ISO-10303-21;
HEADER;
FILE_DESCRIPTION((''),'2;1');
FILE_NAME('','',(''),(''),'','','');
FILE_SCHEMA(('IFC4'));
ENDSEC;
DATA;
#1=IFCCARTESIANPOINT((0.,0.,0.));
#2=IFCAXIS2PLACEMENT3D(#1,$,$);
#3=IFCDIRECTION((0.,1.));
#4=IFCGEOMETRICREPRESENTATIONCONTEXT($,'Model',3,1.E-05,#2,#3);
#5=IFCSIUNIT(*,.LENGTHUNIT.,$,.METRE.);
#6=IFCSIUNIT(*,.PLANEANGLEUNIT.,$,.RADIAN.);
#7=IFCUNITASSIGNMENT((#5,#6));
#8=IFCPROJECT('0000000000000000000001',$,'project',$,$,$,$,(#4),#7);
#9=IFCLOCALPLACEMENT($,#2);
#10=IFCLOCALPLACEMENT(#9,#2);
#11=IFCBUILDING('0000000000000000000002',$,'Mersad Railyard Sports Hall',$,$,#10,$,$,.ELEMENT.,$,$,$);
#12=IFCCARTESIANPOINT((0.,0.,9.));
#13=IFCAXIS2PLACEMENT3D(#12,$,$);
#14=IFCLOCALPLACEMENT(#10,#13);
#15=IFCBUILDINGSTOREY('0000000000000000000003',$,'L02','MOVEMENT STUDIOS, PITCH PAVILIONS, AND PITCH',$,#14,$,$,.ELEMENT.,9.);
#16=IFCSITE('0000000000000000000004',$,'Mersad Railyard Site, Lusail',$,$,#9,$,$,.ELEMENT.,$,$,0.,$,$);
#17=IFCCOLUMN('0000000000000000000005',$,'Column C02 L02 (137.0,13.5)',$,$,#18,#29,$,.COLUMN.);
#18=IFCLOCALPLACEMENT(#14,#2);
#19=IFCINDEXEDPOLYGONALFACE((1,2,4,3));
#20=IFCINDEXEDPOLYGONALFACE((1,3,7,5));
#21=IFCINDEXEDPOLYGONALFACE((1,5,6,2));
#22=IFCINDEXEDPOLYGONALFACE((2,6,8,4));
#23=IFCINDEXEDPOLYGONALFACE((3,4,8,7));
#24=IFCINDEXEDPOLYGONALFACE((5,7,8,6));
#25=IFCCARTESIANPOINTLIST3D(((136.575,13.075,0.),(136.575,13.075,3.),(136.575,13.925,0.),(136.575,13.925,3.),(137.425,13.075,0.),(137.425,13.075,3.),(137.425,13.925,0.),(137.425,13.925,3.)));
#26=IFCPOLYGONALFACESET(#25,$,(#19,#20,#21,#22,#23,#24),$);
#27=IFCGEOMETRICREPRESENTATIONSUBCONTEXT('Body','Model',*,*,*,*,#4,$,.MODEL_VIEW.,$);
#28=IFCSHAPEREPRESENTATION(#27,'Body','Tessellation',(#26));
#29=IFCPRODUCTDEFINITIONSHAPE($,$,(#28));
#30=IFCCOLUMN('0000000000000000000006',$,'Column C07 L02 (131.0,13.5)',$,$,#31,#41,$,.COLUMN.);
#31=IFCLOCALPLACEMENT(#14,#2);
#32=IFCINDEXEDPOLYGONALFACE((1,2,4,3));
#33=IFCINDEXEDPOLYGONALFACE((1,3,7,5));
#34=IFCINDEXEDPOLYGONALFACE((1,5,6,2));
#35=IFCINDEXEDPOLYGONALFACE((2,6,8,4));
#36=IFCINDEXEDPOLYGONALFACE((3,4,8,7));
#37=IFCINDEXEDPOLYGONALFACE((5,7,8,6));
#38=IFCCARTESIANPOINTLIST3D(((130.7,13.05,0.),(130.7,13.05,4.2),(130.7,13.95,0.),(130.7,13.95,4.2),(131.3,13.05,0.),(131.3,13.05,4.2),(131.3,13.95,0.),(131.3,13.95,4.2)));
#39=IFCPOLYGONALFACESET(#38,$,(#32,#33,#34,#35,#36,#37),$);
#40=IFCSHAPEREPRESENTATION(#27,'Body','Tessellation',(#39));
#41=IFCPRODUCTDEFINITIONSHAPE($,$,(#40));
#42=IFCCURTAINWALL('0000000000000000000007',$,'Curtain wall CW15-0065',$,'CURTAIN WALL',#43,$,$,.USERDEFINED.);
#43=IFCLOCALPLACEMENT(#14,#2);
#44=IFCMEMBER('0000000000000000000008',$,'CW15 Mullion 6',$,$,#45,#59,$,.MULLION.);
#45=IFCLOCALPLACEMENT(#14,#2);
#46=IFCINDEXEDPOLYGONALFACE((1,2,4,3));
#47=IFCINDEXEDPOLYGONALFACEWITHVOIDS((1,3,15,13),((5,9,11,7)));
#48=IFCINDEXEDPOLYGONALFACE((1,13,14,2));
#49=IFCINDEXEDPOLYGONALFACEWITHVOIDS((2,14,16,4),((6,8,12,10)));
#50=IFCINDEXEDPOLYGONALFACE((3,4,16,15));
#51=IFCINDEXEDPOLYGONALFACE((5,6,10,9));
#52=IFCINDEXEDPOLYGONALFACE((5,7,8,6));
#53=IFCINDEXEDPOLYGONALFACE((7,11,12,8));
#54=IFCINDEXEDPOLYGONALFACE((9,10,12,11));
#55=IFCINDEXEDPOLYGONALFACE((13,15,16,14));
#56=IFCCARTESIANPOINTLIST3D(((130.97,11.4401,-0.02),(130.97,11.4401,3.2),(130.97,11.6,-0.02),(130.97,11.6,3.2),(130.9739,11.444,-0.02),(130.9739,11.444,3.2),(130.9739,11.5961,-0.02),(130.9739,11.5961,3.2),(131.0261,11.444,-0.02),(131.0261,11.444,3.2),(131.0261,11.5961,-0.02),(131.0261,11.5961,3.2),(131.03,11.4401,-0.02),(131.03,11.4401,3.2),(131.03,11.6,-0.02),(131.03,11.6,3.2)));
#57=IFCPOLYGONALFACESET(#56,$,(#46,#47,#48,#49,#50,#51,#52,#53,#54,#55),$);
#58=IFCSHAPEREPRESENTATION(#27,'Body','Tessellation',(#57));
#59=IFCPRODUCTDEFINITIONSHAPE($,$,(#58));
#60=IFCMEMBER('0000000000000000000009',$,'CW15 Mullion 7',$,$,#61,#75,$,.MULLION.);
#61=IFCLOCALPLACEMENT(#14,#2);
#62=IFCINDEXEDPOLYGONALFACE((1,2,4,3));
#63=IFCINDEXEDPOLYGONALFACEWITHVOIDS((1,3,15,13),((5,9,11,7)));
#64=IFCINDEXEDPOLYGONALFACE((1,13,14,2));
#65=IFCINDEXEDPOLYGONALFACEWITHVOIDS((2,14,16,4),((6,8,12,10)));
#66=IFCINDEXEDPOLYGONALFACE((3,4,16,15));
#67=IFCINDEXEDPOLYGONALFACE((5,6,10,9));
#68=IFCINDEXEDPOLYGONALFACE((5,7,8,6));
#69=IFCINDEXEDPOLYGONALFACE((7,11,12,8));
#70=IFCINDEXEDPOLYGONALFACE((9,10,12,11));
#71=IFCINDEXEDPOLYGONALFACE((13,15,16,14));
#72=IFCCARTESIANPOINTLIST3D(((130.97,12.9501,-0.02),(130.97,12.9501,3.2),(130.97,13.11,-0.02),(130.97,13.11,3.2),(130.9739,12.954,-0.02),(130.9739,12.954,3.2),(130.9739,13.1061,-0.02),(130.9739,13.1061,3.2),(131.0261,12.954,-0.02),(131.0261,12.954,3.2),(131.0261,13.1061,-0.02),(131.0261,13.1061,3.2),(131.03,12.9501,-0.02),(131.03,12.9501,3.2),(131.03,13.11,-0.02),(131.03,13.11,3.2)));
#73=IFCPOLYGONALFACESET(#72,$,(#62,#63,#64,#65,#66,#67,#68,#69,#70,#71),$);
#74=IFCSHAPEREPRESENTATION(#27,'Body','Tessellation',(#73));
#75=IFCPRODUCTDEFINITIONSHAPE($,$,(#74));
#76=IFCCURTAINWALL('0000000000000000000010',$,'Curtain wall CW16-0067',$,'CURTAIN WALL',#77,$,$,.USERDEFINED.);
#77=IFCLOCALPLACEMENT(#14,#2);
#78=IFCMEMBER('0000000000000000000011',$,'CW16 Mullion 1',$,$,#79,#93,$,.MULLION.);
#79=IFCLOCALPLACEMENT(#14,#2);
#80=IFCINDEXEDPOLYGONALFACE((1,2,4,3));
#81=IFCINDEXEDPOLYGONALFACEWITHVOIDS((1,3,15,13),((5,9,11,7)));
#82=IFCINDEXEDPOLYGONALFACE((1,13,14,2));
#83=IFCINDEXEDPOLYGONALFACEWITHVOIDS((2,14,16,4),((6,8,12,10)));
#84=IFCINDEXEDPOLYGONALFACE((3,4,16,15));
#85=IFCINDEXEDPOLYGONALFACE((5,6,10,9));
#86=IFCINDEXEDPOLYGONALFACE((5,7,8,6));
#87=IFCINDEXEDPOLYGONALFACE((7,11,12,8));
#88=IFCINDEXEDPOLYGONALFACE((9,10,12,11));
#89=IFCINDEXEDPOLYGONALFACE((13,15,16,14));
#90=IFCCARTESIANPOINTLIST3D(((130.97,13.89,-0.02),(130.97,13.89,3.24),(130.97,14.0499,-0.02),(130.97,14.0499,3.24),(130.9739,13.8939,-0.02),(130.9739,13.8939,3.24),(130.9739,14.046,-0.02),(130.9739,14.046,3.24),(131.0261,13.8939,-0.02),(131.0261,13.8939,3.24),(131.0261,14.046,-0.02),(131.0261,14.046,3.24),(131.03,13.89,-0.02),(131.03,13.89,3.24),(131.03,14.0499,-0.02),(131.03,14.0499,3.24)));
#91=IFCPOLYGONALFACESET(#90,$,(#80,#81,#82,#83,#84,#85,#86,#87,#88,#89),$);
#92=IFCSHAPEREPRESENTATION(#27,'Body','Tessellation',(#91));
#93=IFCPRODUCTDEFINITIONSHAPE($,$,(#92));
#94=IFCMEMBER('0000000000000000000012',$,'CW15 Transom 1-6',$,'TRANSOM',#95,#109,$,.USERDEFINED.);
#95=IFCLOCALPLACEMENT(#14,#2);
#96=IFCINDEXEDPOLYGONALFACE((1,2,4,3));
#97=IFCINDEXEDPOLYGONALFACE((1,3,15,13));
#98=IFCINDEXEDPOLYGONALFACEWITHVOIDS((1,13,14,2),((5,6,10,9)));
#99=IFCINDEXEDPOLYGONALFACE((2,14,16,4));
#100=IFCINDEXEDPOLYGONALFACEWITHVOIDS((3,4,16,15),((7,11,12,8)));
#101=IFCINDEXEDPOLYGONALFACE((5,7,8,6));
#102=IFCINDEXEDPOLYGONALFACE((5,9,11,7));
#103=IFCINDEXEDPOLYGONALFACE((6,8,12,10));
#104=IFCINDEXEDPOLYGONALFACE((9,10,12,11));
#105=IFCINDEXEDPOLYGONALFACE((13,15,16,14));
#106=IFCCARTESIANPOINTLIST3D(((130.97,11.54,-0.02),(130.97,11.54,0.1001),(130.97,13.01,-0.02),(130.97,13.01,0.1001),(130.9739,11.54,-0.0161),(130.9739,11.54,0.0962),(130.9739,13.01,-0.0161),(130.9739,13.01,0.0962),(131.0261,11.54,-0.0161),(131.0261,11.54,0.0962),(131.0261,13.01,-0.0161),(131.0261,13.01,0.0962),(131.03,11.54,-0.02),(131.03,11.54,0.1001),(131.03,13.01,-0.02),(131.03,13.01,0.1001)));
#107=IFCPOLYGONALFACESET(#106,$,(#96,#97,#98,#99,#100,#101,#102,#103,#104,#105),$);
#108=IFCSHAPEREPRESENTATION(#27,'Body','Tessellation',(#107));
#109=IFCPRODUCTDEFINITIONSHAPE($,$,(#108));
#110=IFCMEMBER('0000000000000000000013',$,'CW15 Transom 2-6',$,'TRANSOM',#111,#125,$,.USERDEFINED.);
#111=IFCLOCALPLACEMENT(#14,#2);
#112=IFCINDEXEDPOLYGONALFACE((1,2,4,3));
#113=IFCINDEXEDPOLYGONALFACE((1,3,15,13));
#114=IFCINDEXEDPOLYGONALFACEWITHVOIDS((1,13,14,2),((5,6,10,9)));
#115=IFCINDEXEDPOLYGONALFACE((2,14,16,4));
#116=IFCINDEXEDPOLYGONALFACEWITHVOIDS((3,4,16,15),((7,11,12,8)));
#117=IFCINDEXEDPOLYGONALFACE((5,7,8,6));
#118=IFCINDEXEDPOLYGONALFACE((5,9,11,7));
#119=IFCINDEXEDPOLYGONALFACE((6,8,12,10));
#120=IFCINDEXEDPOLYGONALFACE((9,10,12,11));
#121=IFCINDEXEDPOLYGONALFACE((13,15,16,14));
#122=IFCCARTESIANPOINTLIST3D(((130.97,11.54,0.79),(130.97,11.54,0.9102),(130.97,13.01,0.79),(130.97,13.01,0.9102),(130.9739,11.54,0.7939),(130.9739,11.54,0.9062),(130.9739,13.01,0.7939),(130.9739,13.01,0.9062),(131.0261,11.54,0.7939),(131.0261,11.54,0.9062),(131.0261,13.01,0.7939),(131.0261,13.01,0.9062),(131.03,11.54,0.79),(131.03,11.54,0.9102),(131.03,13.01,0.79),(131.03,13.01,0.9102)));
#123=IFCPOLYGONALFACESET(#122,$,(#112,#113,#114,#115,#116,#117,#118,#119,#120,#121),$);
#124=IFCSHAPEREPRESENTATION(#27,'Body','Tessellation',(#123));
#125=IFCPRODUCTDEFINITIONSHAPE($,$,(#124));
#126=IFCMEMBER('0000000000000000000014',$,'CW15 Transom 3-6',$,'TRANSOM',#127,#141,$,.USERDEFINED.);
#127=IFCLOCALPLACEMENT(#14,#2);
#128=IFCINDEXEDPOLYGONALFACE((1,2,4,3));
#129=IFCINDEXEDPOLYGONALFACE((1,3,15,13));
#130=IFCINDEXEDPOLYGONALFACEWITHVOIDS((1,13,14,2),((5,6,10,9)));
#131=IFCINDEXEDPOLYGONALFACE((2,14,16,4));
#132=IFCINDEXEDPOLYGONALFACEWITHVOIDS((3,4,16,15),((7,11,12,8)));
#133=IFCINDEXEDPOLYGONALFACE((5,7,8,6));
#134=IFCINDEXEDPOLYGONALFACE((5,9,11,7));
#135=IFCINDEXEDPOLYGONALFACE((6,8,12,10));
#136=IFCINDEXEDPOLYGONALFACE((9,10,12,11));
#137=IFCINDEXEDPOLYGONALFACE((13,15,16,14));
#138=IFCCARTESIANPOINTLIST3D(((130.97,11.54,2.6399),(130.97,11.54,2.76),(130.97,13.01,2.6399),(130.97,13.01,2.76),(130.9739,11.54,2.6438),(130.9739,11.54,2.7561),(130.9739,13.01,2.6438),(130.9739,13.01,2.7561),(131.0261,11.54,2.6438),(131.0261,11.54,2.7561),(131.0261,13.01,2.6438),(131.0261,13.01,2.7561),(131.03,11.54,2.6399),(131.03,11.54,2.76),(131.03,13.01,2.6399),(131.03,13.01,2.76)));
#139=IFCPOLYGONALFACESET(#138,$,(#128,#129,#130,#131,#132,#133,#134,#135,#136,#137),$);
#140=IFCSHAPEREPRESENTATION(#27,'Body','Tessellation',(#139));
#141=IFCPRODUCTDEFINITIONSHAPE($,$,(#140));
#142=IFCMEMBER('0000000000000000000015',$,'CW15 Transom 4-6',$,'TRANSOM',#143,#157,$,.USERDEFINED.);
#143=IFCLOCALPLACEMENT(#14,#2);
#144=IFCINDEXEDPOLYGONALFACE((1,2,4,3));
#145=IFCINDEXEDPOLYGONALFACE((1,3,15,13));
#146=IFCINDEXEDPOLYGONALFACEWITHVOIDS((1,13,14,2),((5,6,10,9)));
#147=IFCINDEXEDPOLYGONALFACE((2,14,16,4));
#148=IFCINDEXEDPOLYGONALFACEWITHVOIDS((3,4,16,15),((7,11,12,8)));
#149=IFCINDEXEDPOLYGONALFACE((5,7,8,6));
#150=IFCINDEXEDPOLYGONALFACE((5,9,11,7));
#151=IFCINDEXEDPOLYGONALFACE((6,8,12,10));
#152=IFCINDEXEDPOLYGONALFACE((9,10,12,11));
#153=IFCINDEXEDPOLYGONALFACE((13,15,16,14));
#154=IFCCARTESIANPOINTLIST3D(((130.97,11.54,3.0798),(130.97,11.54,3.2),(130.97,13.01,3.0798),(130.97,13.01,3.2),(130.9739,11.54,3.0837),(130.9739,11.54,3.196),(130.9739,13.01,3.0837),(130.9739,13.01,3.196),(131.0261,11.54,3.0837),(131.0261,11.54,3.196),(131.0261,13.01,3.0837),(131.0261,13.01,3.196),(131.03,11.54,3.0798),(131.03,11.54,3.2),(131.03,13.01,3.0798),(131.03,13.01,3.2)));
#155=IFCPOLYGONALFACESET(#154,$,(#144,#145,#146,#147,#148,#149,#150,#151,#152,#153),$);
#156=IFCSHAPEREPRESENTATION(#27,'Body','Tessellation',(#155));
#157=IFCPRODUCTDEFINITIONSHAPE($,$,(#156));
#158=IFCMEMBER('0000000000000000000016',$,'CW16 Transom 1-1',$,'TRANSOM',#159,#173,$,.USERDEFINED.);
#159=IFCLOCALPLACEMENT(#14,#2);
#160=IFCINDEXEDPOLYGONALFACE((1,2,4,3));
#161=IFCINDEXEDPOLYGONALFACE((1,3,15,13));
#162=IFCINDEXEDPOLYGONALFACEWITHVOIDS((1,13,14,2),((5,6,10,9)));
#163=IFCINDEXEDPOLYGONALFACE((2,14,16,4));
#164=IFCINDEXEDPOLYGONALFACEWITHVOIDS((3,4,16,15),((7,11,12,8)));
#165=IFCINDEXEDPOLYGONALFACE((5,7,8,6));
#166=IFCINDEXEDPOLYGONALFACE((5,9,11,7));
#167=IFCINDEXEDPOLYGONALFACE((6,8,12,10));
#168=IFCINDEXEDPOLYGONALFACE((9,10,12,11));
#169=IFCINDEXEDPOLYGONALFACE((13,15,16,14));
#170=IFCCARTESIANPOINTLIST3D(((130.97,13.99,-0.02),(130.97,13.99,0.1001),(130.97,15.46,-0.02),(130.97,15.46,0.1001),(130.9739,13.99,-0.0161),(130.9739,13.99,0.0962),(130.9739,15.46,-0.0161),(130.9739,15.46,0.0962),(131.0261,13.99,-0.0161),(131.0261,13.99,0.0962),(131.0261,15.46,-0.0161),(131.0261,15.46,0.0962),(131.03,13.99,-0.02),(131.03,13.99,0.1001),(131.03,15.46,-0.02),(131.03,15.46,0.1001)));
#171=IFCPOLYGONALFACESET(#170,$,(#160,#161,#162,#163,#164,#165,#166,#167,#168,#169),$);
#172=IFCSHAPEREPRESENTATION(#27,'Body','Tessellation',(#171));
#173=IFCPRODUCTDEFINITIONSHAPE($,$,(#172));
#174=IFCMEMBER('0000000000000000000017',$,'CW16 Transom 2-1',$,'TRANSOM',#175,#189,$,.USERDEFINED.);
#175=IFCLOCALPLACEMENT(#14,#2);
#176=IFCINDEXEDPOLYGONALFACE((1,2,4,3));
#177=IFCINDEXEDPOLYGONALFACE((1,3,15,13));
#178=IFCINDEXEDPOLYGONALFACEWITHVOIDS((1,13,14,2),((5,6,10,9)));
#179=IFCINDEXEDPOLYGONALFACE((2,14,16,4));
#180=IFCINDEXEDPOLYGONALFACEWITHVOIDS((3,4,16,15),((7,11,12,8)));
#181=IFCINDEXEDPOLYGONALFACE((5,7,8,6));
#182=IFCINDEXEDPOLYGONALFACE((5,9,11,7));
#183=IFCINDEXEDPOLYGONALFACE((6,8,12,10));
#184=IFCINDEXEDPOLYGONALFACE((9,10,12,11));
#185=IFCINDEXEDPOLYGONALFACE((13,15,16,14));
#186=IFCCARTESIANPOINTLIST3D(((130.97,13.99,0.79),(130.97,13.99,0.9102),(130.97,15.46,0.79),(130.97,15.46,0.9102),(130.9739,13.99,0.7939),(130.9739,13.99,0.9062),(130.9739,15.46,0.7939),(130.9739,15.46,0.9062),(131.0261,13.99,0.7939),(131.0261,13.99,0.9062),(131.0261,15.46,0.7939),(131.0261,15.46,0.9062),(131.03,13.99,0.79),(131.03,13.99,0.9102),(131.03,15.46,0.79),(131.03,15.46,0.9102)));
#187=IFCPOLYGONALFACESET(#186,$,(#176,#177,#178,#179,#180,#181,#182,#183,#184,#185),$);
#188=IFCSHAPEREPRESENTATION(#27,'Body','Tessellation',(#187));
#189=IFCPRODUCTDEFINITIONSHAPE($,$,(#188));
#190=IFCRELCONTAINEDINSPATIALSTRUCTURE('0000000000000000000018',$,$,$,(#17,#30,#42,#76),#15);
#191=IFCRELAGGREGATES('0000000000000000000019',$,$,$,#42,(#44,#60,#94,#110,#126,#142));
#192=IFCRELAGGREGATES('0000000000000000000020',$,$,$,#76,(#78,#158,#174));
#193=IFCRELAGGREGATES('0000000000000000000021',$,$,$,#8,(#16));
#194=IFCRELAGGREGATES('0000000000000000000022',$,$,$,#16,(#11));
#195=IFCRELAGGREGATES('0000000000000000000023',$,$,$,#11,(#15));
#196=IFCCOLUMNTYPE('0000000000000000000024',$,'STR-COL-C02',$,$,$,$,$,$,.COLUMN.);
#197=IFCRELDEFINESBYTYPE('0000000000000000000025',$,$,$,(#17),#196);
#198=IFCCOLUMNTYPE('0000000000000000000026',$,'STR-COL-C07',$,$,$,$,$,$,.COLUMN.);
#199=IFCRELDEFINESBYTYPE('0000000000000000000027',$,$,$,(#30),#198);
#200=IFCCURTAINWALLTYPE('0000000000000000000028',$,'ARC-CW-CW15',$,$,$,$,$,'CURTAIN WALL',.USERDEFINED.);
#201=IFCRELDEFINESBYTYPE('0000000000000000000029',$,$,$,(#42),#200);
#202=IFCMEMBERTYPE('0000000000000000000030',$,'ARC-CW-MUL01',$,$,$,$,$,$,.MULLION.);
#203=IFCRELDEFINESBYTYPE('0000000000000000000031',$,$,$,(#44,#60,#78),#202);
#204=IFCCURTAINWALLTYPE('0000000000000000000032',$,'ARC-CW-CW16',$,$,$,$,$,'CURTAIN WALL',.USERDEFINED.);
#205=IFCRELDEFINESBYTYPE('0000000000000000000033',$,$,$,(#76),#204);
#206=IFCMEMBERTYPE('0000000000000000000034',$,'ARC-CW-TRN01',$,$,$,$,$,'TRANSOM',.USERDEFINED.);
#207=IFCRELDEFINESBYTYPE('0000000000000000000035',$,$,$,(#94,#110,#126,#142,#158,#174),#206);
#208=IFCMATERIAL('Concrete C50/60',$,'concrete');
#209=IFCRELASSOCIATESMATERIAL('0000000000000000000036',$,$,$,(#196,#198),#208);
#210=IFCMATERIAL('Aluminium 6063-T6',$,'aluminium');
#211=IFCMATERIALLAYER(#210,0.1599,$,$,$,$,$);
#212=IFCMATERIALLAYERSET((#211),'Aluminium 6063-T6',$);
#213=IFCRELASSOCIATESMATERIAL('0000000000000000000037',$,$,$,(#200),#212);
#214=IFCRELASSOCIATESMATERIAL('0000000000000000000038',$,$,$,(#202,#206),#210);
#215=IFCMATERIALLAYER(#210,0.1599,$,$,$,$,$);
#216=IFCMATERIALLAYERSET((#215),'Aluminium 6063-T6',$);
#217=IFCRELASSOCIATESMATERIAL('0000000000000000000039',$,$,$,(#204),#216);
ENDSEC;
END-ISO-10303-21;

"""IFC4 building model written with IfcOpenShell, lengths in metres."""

from ifc_helpers import new_model, si_unit, direction, frame, origin, origin_2d, place, context, subcontext, project, spatial, rectangle, hollow_rectangle, extrude, material, layer, layer_set, material_profile, profile_set, type_object, element, aggregate, save


model = new_model("IFC4")

# Units and contexts
model_context = context("Model", 3, precision=1e-05, world=origin(), true_north=direction((0.0, 1.0)))
body_context = subcontext(model_context, "Body", "Model", "MODEL_VIEW")
ifc_project = project(units=[si_unit("LENGTHUNIT", "METRE"), si_unit("PLANEANGLEUNIT", "RADIAN")], contexts=[model_context])

# Site, building, storey
site_placement = place(None, origin())
site = spatial("IfcSite", under=ifc_project, at=site_placement, Name="Mersad Railyard Site, Lusail", CompositionType="ELEMENT", RefElevation=0.0)
building_placement = place(site_placement, origin())
building = spatial("IfcBuilding", under=site, at=building_placement, Name="Mersad Railyard Sports Hall", CompositionType="ELEMENT")
storey_placement = place(building_placement, frame((0.0, 0.0, 9.0)))
storey = spatial("IfcBuildingStorey", under=building, at=storey_placement, Name="L02", Description="MOVEMENT STUDIOS, PITCH PAVILIONS, AND PITCH", CompositionType="ELEMENT", Elevation=9.0)

# Columns
ifc_material_1 = material(Name="Concrete C50/60", Category="concrete")
ifc_material_profile_1 = material_profile(ifc_material_1, rectangle(XDim=0.8501, YDim=0.8501, at=origin_2d()), Name="RC 850x850")
ifc_profile_set_1 = profile_set([ifc_material_profile_1], Name="Concrete C50/60")
column_type_1 = type_object("IfcColumnType", Name="STR-COL-C02", PredefinedType="COLUMN", material=ifc_profile_set_1)
column_1_placement = place(storey_placement, frame((137.0, 13.5, 0.0), z_axis=(0.0, 0.0, 1.0), x_axis=(1.0, 0.0, 0.0)))
element("IfcColumn", 1, at=column_1_placement, inside=storey, type_object=column_type_1, Name="Column C02 L02 (137.0,13.5)", PredefinedType="COLUMN", context=body_context, shape_type="SweptSolid", body=[
    extrude(rectangle(XDim=0.8501, YDim=0.8501, at=origin_2d()), origin(), (0.0, 0.0, 1.0), 3.0),
])
ifc_material_profile_2 = material_profile(ifc_material_1, rectangle(XDim=0.6001, YDim=0.8999, at=origin_2d()), Name="RC 600x900")
ifc_profile_set_2 = profile_set([ifc_material_profile_2], Name="Concrete C50/60")
column_type_2 = type_object("IfcColumnType", Name="STR-COL-C07", PredefinedType="COLUMN", material=ifc_profile_set_2)
column_2_placement = place(storey_placement, frame((131.0, 13.5, 0.0), z_axis=(0.0, 0.0, 1.0), x_axis=(1.0, 0.0, 0.0)))
element("IfcColumn", 2, at=column_2_placement, inside=storey, type_object=column_type_2, Name="Column C07 L02 (131.0,13.5)", PredefinedType="COLUMN", context=body_context, shape_type="SweptSolid", body=[
    extrude(rectangle(XDim=0.6001, YDim=0.8999, at=origin_2d()), origin(), (0.0, 0.0, 1.0), 4.2),
])

# Curtain wall, members
ifc_material_2 = material(Name="Aluminium 6063-T6", Category="aluminium")
ifc_layer_1 = layer(ifc_material_2, 0.1599)
ifc_layer_set_1 = layer_set([ifc_layer_1], Name="Aluminium 6063-T6")
curtain_wall_type_1 = type_object("IfcCurtainWallType", Name="ARC-CW-CW15", ElementType="CURTAIN WALL", PredefinedType="USERDEFINED", material=ifc_layer_set_1)
curtain_wall_1_placement = place(storey_placement, origin())
curtain_wall_1 = element("IfcCurtainWall", 3, at=curtain_wall_1_placement, inside=storey, type_object=curtain_wall_type_1, Name="Curtain wall CW15-0065", ObjectType="CURTAIN WALL", PredefinedType="USERDEFINED")
ifc_material_profile_3 = material_profile(ifc_material_2, hollow_rectangle(XDim=0.0601, YDim=0.1599, WallThickness=0.0039, at=origin_2d()), Name="AL MULLION 60x160x4")
ifc_profile_set_3 = profile_set([ifc_material_profile_3], Name="Aluminium 6063-T6")
member_type_1 = type_object("IfcMemberType", Name="ARC-CW-MUL01", PredefinedType="MULLION", material=ifc_profile_set_3)
member_1_placement = place(storey_placement, frame((131.0, 11.52, -0.02), z_axis=(0.0, 0.0, 1.0), x_axis=(1.0, 0.0, 0.0)))
member_1 = element("IfcMember", 4, at=member_1_placement, type_object=member_type_1, Name="CW15 Mullion 6", PredefinedType="MULLION", context=body_context, shape_type="SweptSolid", body=[
    extrude(hollow_rectangle(XDim=0.0601, YDim=0.1599, WallThickness=0.0039, at=origin_2d()), origin(), (0.0, 0.0, 1.0), 3.22),
])
member_2_placement = place(storey_placement, frame((131.0, 13.03, -0.02), z_axis=(0.0, 0.0, 1.0), x_axis=(1.0, 0.0, 0.0)))
member_2 = element("IfcMember", 5, at=member_2_placement, type_object=member_type_1, Name="CW15 Mullion 7", PredefinedType="MULLION", context=body_context, shape_type="SweptSolid", body=[
    extrude(hollow_rectangle(XDim=0.0601, YDim=0.1599, WallThickness=0.0039, at=origin_2d()), origin(), (0.0, 0.0, 1.0), 3.22),
])

# Curtain wall, member
ifc_layer_2 = layer(ifc_material_2, 0.1599)
ifc_layer_set_2 = layer_set([ifc_layer_2], Name="Aluminium 6063-T6")
curtain_wall_type_2 = type_object("IfcCurtainWallType", Name="ARC-CW-CW16", ElementType="CURTAIN WALL", PredefinedType="USERDEFINED", material=ifc_layer_set_2)
curtain_wall_2_placement = place(storey_placement, origin())
curtain_wall_2 = element("IfcCurtainWall", 6, at=curtain_wall_2_placement, inside=storey, type_object=curtain_wall_type_2, Name="Curtain wall CW16-0067", ObjectType="CURTAIN WALL", PredefinedType="USERDEFINED")
member_3_placement = place(storey_placement, frame((131.0, 13.97, -0.02), z_axis=(0.0, 0.0, 1.0), x_axis=(1.0, 0.0, 0.0)))
member_3 = element("IfcMember", 7, at=member_3_placement, type_object=member_type_1, Name="CW16 Mullion 1", PredefinedType="MULLION", context=body_context, shape_type="SweptSolid", body=[
    extrude(hollow_rectangle(XDim=0.0601, YDim=0.1599, WallThickness=0.0039, at=origin_2d()), origin(), (0.0, 0.0, 1.0), 3.26),
])

# Members
ifc_material_profile_4 = material_profile(ifc_material_2, hollow_rectangle(XDim=0.0601, YDim=0.1201, WallThickness=0.0039, at=origin_2d()), Name="AL TRANSOM 60x120x4")
ifc_profile_set_4 = profile_set([ifc_material_profile_4], Name="Aluminium 6063-T6")
member_type_2 = type_object("IfcMemberType", Name="ARC-CW-TRN01", ElementType="TRANSOM", PredefinedType="USERDEFINED", material=ifc_profile_set_4)
member_4_placement = place(storey_placement, frame((131.0, 11.54, 0.04), z_axis=(0.0, 1.0, 0.0), x_axis=(-1.0, 0.0, 0.0)))
member_4 = element("IfcMember", 8, at=member_4_placement, type_object=member_type_2, Name="CW15 Transom 1-6", ObjectType="TRANSOM", PredefinedType="USERDEFINED", context=body_context, shape_type="SweptSolid", body=[
    extrude(hollow_rectangle(XDim=0.0601, YDim=0.1201, WallThickness=0.0039, at=origin_2d()), origin(), (0.0, 0.0, 1.0), 1.47),
])
member_5_placement = place(storey_placement, frame((131.0, 11.54, 0.8501), z_axis=(0.0, 1.0, 0.0), x_axis=(-1.0, 0.0, 0.0)))
member_5 = element("IfcMember", 9, at=member_5_placement, type_object=member_type_2, Name="CW15 Transom 2-6", ObjectType="TRANSOM", PredefinedType="USERDEFINED", context=body_context, shape_type="SweptSolid", body=[
    extrude(hollow_rectangle(XDim=0.0601, YDim=0.1201, WallThickness=0.0039, at=origin_2d()), origin(), (0.0, 0.0, 1.0), 1.47),
])
member_6_placement = place(storey_placement, frame((131.0, 11.54, 2.7), z_axis=(0.0, 1.0, 0.0), x_axis=(-1.0, 0.0, 0.0)))
member_6 = element("IfcMember", 10, at=member_6_placement, type_object=member_type_2, Name="CW15 Transom 3-6", ObjectType="TRANSOM", PredefinedType="USERDEFINED", context=body_context, shape_type="SweptSolid", body=[
    extrude(hollow_rectangle(XDim=0.0601, YDim=0.1201, WallThickness=0.0039, at=origin_2d()), origin(), (0.0, 0.0, 1.0), 1.47),
])
member_7_placement = place(storey_placement, frame((131.0, 11.54, 3.1399), z_axis=(0.0, 1.0, 0.0), x_axis=(-1.0, 0.0, 0.0)))
member_7 = element("IfcMember", 11, at=member_7_placement, type_object=member_type_2, Name="CW15 Transom 4-6", ObjectType="TRANSOM", PredefinedType="USERDEFINED", context=body_context, shape_type="SweptSolid", body=[
    extrude(hollow_rectangle(XDim=0.0601, YDim=0.1201, WallThickness=0.0039, at=origin_2d()), origin(), (0.0, 0.0, 1.0), 1.47),
])
member_8_placement = place(storey_placement, frame((131.0, 13.99, 0.04), z_axis=(0.0, 1.0, 0.0), x_axis=(-1.0, 0.0, 0.0)))
member_8 = element("IfcMember", 12, at=member_8_placement, type_object=member_type_2, Name="CW16 Transom 1-1", ObjectType="TRANSOM", PredefinedType="USERDEFINED", context=body_context, shape_type="SweptSolid", body=[
    extrude(hollow_rectangle(XDim=0.0601, YDim=0.1201, WallThickness=0.0039, at=origin_2d()), origin(), (0.0, 0.0, 1.0), 1.47),
])
member_9_placement = place(storey_placement, frame((131.0, 13.99, 0.8501), z_axis=(0.0, 1.0, 0.0), x_axis=(-1.0, 0.0, 0.0)))
member_9 = element("IfcMember", 13, at=member_9_placement, type_object=member_type_2, Name="CW16 Transom 2-1", ObjectType="TRANSOM", PredefinedType="USERDEFINED", context=body_context, shape_type="SweptSolid", body=[
    extrude(hollow_rectangle(XDim=0.0601, YDim=0.1201, WallThickness=0.0039, at=origin_2d()), origin(), (0.0, 0.0, 1.0), 1.47),
])

aggregate(curtain_wall_1, [member_1, member_2, member_4, member_5, member_6, member_7])
aggregate(curtain_wall_2, [member_3, member_8, member_9])

save(model, "model.ifc")
